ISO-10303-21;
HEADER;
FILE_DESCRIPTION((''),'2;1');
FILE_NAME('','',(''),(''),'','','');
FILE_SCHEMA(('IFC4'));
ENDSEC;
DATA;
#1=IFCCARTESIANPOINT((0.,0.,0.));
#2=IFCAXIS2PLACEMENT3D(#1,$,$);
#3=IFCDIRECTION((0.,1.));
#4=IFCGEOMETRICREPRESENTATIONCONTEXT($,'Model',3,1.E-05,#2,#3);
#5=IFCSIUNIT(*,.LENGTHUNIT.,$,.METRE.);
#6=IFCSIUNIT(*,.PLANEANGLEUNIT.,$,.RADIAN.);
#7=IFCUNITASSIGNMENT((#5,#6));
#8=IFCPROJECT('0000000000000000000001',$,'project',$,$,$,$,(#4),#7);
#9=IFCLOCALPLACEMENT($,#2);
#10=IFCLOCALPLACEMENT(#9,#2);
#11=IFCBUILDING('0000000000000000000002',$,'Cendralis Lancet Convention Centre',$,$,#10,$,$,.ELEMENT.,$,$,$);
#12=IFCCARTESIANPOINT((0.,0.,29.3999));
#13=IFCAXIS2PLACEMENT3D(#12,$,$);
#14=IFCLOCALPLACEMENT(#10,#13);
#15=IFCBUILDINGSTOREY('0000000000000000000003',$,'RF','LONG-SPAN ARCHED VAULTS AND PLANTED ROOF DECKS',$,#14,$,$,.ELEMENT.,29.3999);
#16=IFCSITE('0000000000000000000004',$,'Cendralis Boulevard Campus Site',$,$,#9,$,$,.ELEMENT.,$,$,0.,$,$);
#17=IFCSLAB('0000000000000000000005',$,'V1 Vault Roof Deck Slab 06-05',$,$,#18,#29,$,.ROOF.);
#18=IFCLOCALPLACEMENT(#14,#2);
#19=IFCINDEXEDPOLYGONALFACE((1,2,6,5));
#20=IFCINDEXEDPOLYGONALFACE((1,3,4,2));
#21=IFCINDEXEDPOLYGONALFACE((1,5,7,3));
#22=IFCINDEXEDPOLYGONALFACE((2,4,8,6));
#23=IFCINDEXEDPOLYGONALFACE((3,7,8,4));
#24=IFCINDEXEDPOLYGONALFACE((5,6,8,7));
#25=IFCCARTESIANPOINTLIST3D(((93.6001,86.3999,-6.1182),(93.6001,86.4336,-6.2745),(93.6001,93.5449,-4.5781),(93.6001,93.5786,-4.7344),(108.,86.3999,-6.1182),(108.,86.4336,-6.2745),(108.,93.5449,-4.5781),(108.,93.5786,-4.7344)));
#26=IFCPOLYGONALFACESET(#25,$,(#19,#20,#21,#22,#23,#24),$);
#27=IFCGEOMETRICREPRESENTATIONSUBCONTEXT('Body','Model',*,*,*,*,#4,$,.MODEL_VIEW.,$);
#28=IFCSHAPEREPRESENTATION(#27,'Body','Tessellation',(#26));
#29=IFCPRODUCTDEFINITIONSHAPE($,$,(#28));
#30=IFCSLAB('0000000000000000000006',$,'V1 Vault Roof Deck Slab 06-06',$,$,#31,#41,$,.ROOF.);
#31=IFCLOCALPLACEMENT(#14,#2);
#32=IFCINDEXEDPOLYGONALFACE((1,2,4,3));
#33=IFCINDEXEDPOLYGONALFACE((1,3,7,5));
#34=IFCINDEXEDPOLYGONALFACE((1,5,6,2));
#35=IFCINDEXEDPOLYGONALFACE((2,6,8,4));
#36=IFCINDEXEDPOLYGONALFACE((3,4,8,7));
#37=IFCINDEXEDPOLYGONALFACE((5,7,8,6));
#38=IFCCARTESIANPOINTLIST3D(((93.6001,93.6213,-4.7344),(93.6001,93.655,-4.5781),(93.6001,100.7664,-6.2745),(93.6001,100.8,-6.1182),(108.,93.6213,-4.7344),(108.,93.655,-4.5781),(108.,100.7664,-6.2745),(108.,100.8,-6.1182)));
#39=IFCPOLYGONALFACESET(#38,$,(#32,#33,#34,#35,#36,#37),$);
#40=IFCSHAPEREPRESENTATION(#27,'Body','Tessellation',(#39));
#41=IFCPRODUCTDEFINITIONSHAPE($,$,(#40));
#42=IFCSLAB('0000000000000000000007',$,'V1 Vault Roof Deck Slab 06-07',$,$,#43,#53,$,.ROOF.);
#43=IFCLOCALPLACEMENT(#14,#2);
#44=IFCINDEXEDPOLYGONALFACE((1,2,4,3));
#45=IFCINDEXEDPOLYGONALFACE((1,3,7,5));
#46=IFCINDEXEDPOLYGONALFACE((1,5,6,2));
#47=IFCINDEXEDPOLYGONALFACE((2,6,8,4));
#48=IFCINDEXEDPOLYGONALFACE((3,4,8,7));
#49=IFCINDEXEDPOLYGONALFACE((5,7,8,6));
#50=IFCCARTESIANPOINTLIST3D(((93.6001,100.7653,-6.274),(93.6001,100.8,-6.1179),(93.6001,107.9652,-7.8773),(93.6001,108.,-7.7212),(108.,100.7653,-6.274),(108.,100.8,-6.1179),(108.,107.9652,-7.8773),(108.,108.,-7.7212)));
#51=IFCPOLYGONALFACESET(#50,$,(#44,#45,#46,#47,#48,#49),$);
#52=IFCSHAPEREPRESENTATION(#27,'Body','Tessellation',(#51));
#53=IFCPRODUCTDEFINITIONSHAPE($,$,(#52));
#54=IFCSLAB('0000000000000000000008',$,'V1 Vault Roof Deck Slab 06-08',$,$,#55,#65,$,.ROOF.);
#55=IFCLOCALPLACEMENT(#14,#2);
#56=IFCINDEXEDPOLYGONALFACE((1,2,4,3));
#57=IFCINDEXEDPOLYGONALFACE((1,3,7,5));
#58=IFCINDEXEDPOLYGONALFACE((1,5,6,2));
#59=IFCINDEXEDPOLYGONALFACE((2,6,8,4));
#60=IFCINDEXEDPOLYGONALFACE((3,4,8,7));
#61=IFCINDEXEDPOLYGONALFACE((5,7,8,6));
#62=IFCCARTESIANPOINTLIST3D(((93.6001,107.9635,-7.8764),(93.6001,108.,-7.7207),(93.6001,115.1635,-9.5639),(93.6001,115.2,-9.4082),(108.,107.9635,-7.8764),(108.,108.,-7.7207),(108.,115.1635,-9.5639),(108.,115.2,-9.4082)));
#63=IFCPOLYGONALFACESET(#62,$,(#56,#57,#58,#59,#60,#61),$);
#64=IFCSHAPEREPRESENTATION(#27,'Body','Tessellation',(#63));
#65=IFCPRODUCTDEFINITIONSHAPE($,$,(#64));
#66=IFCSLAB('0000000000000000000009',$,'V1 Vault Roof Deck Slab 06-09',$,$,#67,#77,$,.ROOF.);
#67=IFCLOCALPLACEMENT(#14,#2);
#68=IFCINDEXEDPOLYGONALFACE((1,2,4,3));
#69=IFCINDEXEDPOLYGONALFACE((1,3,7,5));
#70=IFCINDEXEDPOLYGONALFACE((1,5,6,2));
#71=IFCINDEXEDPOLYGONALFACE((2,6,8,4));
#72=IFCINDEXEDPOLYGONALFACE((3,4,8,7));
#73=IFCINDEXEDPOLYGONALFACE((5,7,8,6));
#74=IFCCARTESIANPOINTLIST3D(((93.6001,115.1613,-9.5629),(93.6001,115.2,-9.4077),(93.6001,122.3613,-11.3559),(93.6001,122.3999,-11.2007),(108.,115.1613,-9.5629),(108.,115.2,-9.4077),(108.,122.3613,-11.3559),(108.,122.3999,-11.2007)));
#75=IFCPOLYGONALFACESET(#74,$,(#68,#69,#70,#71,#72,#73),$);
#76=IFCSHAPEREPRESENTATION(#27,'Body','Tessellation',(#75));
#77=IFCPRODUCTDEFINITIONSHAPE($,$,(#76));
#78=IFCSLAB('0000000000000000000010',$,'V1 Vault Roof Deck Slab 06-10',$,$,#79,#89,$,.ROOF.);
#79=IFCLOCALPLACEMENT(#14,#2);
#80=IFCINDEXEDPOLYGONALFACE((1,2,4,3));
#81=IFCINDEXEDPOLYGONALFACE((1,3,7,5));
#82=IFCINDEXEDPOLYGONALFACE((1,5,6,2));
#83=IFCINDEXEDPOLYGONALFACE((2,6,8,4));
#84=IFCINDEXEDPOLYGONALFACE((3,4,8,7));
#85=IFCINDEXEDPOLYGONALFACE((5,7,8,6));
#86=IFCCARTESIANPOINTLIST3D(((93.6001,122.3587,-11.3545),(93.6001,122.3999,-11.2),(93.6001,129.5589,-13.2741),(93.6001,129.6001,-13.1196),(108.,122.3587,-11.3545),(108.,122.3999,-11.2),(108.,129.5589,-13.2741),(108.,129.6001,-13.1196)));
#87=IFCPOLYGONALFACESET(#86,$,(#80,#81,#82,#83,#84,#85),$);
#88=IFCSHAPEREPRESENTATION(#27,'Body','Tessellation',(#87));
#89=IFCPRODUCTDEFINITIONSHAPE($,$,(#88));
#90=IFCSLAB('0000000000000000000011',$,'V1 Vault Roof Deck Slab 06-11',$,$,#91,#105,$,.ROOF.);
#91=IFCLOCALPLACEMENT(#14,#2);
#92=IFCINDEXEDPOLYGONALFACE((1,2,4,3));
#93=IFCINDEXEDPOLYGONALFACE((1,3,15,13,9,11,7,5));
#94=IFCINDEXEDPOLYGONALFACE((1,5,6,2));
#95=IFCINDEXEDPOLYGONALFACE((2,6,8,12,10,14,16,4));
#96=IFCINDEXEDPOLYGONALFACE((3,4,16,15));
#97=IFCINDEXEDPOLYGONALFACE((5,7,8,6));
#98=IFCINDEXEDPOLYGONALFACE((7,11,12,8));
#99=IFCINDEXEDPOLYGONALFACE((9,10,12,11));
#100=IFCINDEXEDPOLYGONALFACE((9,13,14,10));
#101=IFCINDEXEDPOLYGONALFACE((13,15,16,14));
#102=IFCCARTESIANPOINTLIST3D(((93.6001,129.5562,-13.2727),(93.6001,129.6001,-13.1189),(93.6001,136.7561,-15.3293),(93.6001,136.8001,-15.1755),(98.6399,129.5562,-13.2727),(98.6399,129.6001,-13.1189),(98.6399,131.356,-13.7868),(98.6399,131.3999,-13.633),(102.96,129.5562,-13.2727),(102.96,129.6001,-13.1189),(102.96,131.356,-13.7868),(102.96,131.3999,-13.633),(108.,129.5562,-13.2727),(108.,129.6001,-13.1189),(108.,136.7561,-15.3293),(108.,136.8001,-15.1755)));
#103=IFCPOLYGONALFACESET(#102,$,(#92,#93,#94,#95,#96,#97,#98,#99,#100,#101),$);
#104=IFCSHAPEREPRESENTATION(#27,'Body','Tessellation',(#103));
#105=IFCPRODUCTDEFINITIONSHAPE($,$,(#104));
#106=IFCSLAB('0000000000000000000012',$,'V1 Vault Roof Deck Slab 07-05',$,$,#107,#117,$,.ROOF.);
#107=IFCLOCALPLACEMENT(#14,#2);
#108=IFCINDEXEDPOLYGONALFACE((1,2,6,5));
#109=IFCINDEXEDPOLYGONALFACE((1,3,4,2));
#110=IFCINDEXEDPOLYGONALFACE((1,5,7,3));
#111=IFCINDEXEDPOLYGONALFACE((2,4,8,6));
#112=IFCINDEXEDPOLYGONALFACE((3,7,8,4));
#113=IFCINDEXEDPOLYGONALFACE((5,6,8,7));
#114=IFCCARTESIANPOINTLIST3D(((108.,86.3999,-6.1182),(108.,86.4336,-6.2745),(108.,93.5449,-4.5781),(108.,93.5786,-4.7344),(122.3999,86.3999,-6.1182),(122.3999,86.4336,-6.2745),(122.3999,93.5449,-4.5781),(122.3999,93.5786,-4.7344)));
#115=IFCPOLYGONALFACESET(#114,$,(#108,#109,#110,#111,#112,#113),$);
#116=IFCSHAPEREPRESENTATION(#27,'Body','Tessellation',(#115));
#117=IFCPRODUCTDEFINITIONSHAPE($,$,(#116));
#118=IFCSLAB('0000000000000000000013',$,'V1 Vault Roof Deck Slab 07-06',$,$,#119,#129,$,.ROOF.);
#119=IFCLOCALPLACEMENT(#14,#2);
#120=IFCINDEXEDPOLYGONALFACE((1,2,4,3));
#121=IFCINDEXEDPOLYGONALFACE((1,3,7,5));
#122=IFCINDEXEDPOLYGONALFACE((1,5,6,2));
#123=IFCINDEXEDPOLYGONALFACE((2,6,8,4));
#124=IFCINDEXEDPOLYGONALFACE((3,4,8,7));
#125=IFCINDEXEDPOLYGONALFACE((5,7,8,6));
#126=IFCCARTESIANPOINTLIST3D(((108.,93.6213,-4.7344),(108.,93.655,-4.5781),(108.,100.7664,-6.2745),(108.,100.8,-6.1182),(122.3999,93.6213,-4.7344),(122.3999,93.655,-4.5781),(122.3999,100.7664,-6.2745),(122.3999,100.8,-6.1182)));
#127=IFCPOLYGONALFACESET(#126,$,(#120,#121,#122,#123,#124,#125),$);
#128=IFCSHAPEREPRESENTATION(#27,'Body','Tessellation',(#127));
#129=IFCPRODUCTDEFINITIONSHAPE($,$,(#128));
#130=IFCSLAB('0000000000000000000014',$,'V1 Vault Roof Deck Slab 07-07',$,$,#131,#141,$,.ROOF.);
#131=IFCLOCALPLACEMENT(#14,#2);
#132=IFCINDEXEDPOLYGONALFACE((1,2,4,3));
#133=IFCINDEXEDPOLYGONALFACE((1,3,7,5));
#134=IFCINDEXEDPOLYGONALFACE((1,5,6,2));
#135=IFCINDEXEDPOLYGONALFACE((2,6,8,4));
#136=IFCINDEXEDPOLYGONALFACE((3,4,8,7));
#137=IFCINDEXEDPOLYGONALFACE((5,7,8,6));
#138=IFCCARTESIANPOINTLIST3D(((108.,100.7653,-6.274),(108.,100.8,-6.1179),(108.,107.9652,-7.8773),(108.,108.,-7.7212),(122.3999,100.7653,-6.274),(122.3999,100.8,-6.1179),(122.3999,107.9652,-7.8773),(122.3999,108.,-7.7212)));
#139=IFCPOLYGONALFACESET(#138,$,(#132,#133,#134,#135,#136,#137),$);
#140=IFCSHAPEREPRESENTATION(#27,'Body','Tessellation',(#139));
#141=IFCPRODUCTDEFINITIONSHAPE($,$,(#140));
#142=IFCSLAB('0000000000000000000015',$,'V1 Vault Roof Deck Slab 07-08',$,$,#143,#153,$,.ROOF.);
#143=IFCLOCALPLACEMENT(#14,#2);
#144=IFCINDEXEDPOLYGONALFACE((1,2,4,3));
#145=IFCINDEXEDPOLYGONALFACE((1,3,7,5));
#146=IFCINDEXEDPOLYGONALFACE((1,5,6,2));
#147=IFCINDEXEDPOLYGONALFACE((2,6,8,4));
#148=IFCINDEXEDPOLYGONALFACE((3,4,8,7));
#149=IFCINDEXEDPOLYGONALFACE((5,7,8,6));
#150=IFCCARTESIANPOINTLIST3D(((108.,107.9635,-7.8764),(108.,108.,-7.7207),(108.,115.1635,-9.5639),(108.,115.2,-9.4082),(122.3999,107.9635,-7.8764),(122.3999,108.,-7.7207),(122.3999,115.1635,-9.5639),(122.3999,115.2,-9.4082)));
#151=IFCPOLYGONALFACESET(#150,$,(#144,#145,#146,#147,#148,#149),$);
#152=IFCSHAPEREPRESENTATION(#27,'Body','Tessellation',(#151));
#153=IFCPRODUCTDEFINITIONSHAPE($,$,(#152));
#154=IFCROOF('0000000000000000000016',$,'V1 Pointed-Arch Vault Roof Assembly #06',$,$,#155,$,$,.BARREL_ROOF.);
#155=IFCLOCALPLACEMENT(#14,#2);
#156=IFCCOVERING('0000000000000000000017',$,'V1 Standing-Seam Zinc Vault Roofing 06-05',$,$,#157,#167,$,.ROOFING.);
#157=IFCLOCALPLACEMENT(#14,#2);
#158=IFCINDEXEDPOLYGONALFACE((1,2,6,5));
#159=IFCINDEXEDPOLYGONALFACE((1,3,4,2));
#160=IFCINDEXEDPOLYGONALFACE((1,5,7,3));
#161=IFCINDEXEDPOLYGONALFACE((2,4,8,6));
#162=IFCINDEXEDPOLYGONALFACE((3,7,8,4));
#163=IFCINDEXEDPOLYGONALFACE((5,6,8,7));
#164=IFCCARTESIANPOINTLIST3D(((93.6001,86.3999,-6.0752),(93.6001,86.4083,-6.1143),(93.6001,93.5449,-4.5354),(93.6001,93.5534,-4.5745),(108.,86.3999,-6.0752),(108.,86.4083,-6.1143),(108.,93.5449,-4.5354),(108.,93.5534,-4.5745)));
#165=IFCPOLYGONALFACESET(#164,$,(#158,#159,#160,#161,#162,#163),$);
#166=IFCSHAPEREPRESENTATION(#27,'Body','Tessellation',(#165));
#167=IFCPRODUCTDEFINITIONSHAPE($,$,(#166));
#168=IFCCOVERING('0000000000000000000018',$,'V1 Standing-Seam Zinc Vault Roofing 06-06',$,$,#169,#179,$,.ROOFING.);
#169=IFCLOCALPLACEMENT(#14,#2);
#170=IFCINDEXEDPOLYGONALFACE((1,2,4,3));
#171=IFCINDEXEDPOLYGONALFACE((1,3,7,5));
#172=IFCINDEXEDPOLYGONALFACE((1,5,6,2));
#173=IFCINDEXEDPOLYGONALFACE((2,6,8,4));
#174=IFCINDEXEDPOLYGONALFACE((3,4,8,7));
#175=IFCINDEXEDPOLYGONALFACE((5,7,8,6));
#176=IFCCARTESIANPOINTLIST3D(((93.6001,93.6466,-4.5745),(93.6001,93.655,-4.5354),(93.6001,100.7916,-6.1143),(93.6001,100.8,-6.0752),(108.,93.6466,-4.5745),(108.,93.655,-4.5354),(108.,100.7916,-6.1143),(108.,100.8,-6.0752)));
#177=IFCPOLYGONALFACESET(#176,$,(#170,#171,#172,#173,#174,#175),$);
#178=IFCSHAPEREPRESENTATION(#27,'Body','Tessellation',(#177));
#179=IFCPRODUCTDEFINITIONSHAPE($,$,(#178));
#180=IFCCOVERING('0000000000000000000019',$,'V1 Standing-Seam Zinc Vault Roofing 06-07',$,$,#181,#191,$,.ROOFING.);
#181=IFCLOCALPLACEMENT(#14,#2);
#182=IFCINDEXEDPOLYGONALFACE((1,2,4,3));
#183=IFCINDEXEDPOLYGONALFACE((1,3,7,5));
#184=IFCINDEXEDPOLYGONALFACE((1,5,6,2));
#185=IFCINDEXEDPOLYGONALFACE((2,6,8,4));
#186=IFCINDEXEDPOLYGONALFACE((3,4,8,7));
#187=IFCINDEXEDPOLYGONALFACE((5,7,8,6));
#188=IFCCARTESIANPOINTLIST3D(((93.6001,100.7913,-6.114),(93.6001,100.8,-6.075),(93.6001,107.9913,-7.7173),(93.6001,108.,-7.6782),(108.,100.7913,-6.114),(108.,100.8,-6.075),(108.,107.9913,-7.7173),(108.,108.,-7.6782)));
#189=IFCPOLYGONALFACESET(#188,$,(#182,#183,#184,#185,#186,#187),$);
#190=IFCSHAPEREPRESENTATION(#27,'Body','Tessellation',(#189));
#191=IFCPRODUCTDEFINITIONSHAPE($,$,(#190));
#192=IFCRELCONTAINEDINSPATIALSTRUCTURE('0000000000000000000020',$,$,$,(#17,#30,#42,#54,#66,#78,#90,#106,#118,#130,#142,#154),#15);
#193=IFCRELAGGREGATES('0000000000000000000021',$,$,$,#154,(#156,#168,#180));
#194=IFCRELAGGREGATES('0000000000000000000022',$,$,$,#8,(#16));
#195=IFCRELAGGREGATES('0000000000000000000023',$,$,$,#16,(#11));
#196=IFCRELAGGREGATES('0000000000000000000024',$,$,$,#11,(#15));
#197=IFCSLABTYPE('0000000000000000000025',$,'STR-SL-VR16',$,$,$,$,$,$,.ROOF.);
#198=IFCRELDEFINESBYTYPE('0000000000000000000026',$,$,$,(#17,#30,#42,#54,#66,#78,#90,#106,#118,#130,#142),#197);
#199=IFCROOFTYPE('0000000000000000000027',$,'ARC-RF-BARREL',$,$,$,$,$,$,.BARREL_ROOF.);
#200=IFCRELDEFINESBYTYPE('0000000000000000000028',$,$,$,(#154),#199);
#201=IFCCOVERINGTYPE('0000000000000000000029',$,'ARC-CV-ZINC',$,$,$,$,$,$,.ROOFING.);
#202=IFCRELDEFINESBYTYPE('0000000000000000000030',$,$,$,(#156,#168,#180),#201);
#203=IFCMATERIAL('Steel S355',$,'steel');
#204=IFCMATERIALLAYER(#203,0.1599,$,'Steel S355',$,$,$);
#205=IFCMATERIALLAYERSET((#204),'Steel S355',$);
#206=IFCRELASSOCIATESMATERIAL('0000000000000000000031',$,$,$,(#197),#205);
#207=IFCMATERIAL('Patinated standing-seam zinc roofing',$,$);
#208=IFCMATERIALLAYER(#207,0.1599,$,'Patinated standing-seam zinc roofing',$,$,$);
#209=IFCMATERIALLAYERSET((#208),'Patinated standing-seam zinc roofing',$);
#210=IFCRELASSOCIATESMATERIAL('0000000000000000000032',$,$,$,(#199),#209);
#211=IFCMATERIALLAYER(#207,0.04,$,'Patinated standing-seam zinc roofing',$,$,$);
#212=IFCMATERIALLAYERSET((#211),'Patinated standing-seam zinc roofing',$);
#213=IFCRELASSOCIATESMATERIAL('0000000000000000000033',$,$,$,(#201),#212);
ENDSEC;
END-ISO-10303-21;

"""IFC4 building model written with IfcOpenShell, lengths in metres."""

from ifc_helpers import new_model, si_unit, direction, frame, origin, place, context, subcontext, project, spatial, polyline, outline, extrude, material, layer, layer_set, type_object, element, aggregate, save


model = new_model("IFC4")

# Units and contexts
model_context = context("Model", 3, precision=1e-05, world=origin(), true_north=direction((0.0, 1.0)))
body_context = subcontext(model_context, "Body", "Model", "MODEL_VIEW")
ifc_project = project(units=[si_unit("LENGTHUNIT", "METRE"), si_unit("PLANEANGLEUNIT", "RADIAN")], contexts=[model_context])

# Site, building, storey
site_placement = place(None, origin())
site = spatial("IfcSite", under=ifc_project, at=site_placement, Name="Cendralis Boulevard Campus Site", CompositionType="ELEMENT", RefElevation=0.0)
building_placement = place(site_placement, origin())
building = spatial("IfcBuilding", under=site, at=building_placement, Name="Cendralis Lancet Convention Centre", CompositionType="ELEMENT")
storey_placement = place(building_placement, frame((0.0, 0.0, 29.3999)))
storey = spatial("IfcBuildingStorey", under=building, at=storey_placement, Name="RF", Description="LONG-SPAN ARCHED VAULTS AND PLANTED ROOF DECKS", CompositionType="ELEMENT", Elevation=29.3999)

# Slabs
ifc_material_1 = material(Name="Steel S355", Category="steel")
ifc_layer_1 = layer(ifc_material_1, 0.1599, Name="Steel S355")
ifc_layer_set_1 = layer_set([ifc_layer_1], Name="Steel S355")
slab_type = type_object("IfcSlabType", Name="STR-SL-VR16", PredefinedType="ROOF", material=ifc_layer_set_1)
for number, where, z_axis, x_axis, name in (
    (1, (93.6001, 86.3999, -6.1182), (0.0, -0.210701, 0.97755), (1.0, 0.0, 0.0), "V1 Vault Roof Deck Slab 06-05"),
    (2, (93.6001, 93.655, -4.5781), (0.0, 0.210701, 0.97755), (1.0, 0.0, 0.0), "V1 Vault Roof Deck Slab 06-06"),
):
    element("IfcSlab", number, at=place(storey_placement, frame(where, z_axis=z_axis, x_axis=x_axis)), inside=storey, type_object=slab_type, Name=name, PredefinedType="ROOF", context=body_context, shape_type="SweptSolid", body=[
        extrude(outline(polyline([(0.0, 0.0), (14.3999, 0.0), (14.3999, 7.3091), (0.0, 7.3091), (0.0, 0.0)])), origin(), (0.0, 0.0, -1.0), 0.1599),
    ])
slab_1_placement = place(storey_placement, frame((93.6001, 100.8, -6.1179), z_axis=(0.0, 0.217354, 0.976093), x_axis=(1.0, 0.0, 0.0)))
element("IfcSlab", 3, at=slab_1_placement, inside=storey, type_object=slab_type, Name="V1 Vault Roof Deck Slab 06-07", PredefinedType="ROOF", context=body_context, shape_type="SweptSolid", body=[
    extrude(outline(polyline([(0.0, 0.0), (14.3999, 0.0), (14.3999, 7.3763), (0.0, 7.3763), (0.0, 0.0)])), origin(), (0.0, 0.0, -1.0), 0.1599),
])
slab_2_placement = place(storey_placement, frame((93.6001, 108.0, -7.7207), z_axis=(0.0, 0.228193, 0.973616), x_axis=(1.0, 0.0, 0.0)))
element("IfcSlab", 4, at=slab_2_placement, inside=storey, type_object=slab_type, Name="V1 Vault Roof Deck Slab 06-08", PredefinedType="ROOF", context=body_context, shape_type="SweptSolid", body=[
    extrude(outline(polyline([(0.0, 0.0), (14.3999, 0.0), (14.3999, 7.3951), (0.0, 7.3951), (0.0, 0.0)])), origin(), (0.0, 0.0, -1.0), 0.1599),
])
slab_3_placement = place(storey_placement, frame((93.6001, 115.2, -9.4077), z_axis=(0.0, 0.241645, 0.970365), x_axis=(1.0, 0.0, 0.0)))
element("IfcSlab", 5, at=slab_3_placement, inside=storey, type_object=slab_type, Name="V1 Vault Roof Deck Slab 06-09", PredefinedType="ROOF", context=body_context, shape_type="SweptSolid", body=[
    extrude(outline(polyline([(0.0, 0.0), (14.3999, 0.0), (14.3999, 7.4198), (0.0, 7.4198), (0.0, 0.0)])), origin(), (0.0, 0.0, -1.0), 0.1599),
])
slab_4_placement = place(storey_placement, frame((93.6001, 122.3999, -11.2), z_axis=(0.0, 0.257616, 0.966247), x_axis=(1.0, 0.0, 0.0)))
element("IfcSlab", 6, at=slab_4_placement, inside=storey, type_object=slab_type, Name="V1 Vault Roof Deck Slab 06-10", PredefinedType="ROOF", context=body_context, shape_type="SweptSolid", body=[
    extrude(outline(polyline([(0.0, 0.0), (14.3999, 0.0), (14.3999, 7.4517), (0.0, 7.4517), (0.0, 0.0)])), origin(), (0.0, 0.0, -1.0), 0.1599),
])
slab_5_placement = place(storey_placement, frame((93.6001, 129.6001, -13.1189), z_axis=(0.0, 0.274659, 0.961542), x_axis=(1.0, 0.0, 0.0)))
element("IfcSlab", 7, at=slab_5_placement, inside=storey, type_object=slab_type, Name="V1 Vault Roof Deck Slab 06-11", PredefinedType="ROOF", context=body_context, shape_type="SweptSolid", body=[
    extrude(outline(polyline([(0.0, 0.0), (5.0398, 0.0), (5.0398, 1.8718), (9.3599, 1.8718), (9.3599, 0.0), (14.3999, 0.0), (14.3999, 7.4879), (0.0, 7.4879), (0.0, 0.0)])), origin(), (0.0, 0.0, -1.0), 0.1599),
])
for number, where, z_axis, x_axis, name in (
    (8, (108.0, 86.3999, -6.1182), (0.0, -0.210701, 0.97755), (1.0, 0.0, 0.0), "V1 Vault Roof Deck Slab 07-05"),
    (9, (108.0, 93.655, -4.5781), (0.0, 0.210701, 0.97755), (1.0, 0.0, 0.0), "V1 Vault Roof Deck Slab 07-06"),
):
    element("IfcSlab", number, at=place(storey_placement, frame(where, z_axis=z_axis, x_axis=x_axis)), inside=storey, type_object=slab_type, Name=name, PredefinedType="ROOF", context=body_context, shape_type="SweptSolid", body=[
        extrude(outline(polyline([(0.0, 0.0), (14.3999, 0.0), (14.3999, 7.3091), (0.0, 7.3091), (0.0, 0.0)])), origin(), (0.0, 0.0, -1.0), 0.1599),
    ])
slab_6_placement = place(storey_placement, frame((108.0, 100.8, -6.1179), z_axis=(0.0, 0.217354, 0.976093), x_axis=(1.0, 0.0, 0.0)))
element("IfcSlab", 10, at=slab_6_placement, inside=storey, type_object=slab_type, Name="V1 Vault Roof Deck Slab 07-07", PredefinedType="ROOF", context=body_context, shape_type="SweptSolid", body=[
    extrude(outline(polyline([(0.0, 0.0), (14.3999, 0.0), (14.3999, 7.3763), (0.0, 7.3763), (0.0, 0.0)])), origin(), (0.0, 0.0, -1.0), 0.1599),
])
slab_7_placement = place(storey_placement, frame((108.0, 108.0, -7.7207), z_axis=(0.0, 0.228193, 0.973616), x_axis=(1.0, 0.0, 0.0)))
element("IfcSlab", 11, at=slab_7_placement, inside=storey, type_object=slab_type, Name="V1 Vault Roof Deck Slab 07-08", PredefinedType="ROOF", context=body_context, shape_type="SweptSolid", body=[
    extrude(outline(polyline([(0.0, 0.0), (14.3999, 0.0), (14.3999, 7.3951), (0.0, 7.3951), (0.0, 0.0)])), origin(), (0.0, 0.0, -1.0), 0.1599),
])

# Roof, coverings
ifc_material_2 = material(Name="Patinated standing-seam zinc roofing")
ifc_layer_2 = layer(ifc_material_2, 0.1599, Name="Patinated standing-seam zinc roofing")
ifc_layer_set_2 = layer_set([ifc_layer_2], Name="Patinated standing-seam zinc roofing")
roof_type = type_object("IfcRoofType", Name="ARC-RF-BARREL", PredefinedType="BARREL_ROOF", material=ifc_layer_set_2)
roof_1_placement = place(storey_placement, origin())
roof_1 = element("IfcRoof", 12, at=roof_1_placement, inside=storey, type_object=roof_type, Name="V1 Pointed-Arch Vault Roof Assembly #06", PredefinedType="BARREL_ROOF")
ifc_layer_3 = layer(ifc_material_2, 0.04, Name="Patinated standing-seam zinc roofing")
ifc_layer_set_3 = layer_set([ifc_layer_3], Name="Patinated standing-seam zinc roofing")
covering_type = type_object("IfcCoveringType", Name="ARC-CV-ZINC", PredefinedType="ROOFING", material=ifc_layer_set_3)
covering_1_placement = place(storey_placement, frame((93.6001, 86.3999, -6.0752), z_axis=(0.0, -0.21067, 0.977557), x_axis=(1.0, 0.0, 0.0)))
covering_1 = element("IfcCovering", 13, at=covering_1_placement, type_object=covering_type, Name="V1 Standing-Seam Zinc Vault Roofing 06-05", PredefinedType="ROOFING", context=body_context, shape_type="SweptSolid", body=[
    extrude(outline(polyline([(0.0, 0.0), (14.3999, 0.0), (14.3999, 7.3091), (0.0, 7.3091), (0.0, 0.0)])), origin(), (0.0, 0.0, -1.0), 0.04),
])
covering_2_placement = place(storey_placement, frame((93.6001, 93.655, -4.5354), z_axis=(0.0, 0.21067, 0.977557), x_axis=(1.0, 0.0, 0.0)))
covering_2 = element("IfcCovering", 14, at=covering_2_placement, type_object=covering_type, Name="V1 Standing-Seam Zinc Vault Roofing 06-06", PredefinedType="ROOFING", context=body_context, shape_type="SweptSolid", body=[
    extrude(outline(polyline([(0.0, 0.0), (14.3999, 0.0), (14.3999, 7.3091), (0.0, 7.3091), (0.0, 0.0)])), origin(), (0.0, 0.0, -1.0), 0.04),
])
covering_3_placement = place(storey_placement, frame((93.6001, 100.8, -6.075), z_axis=(0.0, 0.217354, 0.976093), x_axis=(1.0, 0.0, 0.0)))
covering_3 = element("IfcCovering", 15, at=covering_3_placement, type_object=covering_type, Name="V1 Standing-Seam Zinc Vault Roofing 06-07", PredefinedType="ROOFING", context=body_context, shape_type="SweptSolid", body=[
    extrude(outline(polyline([(0.0, 0.0), (14.3999, 0.0), (14.3999, 7.3763), (0.0, 7.3763), (0.0, 0.0)])), origin(), (0.0, 0.0, -1.0), 0.04),
])
aggregate(roof_1, [covering_1, covering_2, covering_3])

save(model, "model.ifc")
